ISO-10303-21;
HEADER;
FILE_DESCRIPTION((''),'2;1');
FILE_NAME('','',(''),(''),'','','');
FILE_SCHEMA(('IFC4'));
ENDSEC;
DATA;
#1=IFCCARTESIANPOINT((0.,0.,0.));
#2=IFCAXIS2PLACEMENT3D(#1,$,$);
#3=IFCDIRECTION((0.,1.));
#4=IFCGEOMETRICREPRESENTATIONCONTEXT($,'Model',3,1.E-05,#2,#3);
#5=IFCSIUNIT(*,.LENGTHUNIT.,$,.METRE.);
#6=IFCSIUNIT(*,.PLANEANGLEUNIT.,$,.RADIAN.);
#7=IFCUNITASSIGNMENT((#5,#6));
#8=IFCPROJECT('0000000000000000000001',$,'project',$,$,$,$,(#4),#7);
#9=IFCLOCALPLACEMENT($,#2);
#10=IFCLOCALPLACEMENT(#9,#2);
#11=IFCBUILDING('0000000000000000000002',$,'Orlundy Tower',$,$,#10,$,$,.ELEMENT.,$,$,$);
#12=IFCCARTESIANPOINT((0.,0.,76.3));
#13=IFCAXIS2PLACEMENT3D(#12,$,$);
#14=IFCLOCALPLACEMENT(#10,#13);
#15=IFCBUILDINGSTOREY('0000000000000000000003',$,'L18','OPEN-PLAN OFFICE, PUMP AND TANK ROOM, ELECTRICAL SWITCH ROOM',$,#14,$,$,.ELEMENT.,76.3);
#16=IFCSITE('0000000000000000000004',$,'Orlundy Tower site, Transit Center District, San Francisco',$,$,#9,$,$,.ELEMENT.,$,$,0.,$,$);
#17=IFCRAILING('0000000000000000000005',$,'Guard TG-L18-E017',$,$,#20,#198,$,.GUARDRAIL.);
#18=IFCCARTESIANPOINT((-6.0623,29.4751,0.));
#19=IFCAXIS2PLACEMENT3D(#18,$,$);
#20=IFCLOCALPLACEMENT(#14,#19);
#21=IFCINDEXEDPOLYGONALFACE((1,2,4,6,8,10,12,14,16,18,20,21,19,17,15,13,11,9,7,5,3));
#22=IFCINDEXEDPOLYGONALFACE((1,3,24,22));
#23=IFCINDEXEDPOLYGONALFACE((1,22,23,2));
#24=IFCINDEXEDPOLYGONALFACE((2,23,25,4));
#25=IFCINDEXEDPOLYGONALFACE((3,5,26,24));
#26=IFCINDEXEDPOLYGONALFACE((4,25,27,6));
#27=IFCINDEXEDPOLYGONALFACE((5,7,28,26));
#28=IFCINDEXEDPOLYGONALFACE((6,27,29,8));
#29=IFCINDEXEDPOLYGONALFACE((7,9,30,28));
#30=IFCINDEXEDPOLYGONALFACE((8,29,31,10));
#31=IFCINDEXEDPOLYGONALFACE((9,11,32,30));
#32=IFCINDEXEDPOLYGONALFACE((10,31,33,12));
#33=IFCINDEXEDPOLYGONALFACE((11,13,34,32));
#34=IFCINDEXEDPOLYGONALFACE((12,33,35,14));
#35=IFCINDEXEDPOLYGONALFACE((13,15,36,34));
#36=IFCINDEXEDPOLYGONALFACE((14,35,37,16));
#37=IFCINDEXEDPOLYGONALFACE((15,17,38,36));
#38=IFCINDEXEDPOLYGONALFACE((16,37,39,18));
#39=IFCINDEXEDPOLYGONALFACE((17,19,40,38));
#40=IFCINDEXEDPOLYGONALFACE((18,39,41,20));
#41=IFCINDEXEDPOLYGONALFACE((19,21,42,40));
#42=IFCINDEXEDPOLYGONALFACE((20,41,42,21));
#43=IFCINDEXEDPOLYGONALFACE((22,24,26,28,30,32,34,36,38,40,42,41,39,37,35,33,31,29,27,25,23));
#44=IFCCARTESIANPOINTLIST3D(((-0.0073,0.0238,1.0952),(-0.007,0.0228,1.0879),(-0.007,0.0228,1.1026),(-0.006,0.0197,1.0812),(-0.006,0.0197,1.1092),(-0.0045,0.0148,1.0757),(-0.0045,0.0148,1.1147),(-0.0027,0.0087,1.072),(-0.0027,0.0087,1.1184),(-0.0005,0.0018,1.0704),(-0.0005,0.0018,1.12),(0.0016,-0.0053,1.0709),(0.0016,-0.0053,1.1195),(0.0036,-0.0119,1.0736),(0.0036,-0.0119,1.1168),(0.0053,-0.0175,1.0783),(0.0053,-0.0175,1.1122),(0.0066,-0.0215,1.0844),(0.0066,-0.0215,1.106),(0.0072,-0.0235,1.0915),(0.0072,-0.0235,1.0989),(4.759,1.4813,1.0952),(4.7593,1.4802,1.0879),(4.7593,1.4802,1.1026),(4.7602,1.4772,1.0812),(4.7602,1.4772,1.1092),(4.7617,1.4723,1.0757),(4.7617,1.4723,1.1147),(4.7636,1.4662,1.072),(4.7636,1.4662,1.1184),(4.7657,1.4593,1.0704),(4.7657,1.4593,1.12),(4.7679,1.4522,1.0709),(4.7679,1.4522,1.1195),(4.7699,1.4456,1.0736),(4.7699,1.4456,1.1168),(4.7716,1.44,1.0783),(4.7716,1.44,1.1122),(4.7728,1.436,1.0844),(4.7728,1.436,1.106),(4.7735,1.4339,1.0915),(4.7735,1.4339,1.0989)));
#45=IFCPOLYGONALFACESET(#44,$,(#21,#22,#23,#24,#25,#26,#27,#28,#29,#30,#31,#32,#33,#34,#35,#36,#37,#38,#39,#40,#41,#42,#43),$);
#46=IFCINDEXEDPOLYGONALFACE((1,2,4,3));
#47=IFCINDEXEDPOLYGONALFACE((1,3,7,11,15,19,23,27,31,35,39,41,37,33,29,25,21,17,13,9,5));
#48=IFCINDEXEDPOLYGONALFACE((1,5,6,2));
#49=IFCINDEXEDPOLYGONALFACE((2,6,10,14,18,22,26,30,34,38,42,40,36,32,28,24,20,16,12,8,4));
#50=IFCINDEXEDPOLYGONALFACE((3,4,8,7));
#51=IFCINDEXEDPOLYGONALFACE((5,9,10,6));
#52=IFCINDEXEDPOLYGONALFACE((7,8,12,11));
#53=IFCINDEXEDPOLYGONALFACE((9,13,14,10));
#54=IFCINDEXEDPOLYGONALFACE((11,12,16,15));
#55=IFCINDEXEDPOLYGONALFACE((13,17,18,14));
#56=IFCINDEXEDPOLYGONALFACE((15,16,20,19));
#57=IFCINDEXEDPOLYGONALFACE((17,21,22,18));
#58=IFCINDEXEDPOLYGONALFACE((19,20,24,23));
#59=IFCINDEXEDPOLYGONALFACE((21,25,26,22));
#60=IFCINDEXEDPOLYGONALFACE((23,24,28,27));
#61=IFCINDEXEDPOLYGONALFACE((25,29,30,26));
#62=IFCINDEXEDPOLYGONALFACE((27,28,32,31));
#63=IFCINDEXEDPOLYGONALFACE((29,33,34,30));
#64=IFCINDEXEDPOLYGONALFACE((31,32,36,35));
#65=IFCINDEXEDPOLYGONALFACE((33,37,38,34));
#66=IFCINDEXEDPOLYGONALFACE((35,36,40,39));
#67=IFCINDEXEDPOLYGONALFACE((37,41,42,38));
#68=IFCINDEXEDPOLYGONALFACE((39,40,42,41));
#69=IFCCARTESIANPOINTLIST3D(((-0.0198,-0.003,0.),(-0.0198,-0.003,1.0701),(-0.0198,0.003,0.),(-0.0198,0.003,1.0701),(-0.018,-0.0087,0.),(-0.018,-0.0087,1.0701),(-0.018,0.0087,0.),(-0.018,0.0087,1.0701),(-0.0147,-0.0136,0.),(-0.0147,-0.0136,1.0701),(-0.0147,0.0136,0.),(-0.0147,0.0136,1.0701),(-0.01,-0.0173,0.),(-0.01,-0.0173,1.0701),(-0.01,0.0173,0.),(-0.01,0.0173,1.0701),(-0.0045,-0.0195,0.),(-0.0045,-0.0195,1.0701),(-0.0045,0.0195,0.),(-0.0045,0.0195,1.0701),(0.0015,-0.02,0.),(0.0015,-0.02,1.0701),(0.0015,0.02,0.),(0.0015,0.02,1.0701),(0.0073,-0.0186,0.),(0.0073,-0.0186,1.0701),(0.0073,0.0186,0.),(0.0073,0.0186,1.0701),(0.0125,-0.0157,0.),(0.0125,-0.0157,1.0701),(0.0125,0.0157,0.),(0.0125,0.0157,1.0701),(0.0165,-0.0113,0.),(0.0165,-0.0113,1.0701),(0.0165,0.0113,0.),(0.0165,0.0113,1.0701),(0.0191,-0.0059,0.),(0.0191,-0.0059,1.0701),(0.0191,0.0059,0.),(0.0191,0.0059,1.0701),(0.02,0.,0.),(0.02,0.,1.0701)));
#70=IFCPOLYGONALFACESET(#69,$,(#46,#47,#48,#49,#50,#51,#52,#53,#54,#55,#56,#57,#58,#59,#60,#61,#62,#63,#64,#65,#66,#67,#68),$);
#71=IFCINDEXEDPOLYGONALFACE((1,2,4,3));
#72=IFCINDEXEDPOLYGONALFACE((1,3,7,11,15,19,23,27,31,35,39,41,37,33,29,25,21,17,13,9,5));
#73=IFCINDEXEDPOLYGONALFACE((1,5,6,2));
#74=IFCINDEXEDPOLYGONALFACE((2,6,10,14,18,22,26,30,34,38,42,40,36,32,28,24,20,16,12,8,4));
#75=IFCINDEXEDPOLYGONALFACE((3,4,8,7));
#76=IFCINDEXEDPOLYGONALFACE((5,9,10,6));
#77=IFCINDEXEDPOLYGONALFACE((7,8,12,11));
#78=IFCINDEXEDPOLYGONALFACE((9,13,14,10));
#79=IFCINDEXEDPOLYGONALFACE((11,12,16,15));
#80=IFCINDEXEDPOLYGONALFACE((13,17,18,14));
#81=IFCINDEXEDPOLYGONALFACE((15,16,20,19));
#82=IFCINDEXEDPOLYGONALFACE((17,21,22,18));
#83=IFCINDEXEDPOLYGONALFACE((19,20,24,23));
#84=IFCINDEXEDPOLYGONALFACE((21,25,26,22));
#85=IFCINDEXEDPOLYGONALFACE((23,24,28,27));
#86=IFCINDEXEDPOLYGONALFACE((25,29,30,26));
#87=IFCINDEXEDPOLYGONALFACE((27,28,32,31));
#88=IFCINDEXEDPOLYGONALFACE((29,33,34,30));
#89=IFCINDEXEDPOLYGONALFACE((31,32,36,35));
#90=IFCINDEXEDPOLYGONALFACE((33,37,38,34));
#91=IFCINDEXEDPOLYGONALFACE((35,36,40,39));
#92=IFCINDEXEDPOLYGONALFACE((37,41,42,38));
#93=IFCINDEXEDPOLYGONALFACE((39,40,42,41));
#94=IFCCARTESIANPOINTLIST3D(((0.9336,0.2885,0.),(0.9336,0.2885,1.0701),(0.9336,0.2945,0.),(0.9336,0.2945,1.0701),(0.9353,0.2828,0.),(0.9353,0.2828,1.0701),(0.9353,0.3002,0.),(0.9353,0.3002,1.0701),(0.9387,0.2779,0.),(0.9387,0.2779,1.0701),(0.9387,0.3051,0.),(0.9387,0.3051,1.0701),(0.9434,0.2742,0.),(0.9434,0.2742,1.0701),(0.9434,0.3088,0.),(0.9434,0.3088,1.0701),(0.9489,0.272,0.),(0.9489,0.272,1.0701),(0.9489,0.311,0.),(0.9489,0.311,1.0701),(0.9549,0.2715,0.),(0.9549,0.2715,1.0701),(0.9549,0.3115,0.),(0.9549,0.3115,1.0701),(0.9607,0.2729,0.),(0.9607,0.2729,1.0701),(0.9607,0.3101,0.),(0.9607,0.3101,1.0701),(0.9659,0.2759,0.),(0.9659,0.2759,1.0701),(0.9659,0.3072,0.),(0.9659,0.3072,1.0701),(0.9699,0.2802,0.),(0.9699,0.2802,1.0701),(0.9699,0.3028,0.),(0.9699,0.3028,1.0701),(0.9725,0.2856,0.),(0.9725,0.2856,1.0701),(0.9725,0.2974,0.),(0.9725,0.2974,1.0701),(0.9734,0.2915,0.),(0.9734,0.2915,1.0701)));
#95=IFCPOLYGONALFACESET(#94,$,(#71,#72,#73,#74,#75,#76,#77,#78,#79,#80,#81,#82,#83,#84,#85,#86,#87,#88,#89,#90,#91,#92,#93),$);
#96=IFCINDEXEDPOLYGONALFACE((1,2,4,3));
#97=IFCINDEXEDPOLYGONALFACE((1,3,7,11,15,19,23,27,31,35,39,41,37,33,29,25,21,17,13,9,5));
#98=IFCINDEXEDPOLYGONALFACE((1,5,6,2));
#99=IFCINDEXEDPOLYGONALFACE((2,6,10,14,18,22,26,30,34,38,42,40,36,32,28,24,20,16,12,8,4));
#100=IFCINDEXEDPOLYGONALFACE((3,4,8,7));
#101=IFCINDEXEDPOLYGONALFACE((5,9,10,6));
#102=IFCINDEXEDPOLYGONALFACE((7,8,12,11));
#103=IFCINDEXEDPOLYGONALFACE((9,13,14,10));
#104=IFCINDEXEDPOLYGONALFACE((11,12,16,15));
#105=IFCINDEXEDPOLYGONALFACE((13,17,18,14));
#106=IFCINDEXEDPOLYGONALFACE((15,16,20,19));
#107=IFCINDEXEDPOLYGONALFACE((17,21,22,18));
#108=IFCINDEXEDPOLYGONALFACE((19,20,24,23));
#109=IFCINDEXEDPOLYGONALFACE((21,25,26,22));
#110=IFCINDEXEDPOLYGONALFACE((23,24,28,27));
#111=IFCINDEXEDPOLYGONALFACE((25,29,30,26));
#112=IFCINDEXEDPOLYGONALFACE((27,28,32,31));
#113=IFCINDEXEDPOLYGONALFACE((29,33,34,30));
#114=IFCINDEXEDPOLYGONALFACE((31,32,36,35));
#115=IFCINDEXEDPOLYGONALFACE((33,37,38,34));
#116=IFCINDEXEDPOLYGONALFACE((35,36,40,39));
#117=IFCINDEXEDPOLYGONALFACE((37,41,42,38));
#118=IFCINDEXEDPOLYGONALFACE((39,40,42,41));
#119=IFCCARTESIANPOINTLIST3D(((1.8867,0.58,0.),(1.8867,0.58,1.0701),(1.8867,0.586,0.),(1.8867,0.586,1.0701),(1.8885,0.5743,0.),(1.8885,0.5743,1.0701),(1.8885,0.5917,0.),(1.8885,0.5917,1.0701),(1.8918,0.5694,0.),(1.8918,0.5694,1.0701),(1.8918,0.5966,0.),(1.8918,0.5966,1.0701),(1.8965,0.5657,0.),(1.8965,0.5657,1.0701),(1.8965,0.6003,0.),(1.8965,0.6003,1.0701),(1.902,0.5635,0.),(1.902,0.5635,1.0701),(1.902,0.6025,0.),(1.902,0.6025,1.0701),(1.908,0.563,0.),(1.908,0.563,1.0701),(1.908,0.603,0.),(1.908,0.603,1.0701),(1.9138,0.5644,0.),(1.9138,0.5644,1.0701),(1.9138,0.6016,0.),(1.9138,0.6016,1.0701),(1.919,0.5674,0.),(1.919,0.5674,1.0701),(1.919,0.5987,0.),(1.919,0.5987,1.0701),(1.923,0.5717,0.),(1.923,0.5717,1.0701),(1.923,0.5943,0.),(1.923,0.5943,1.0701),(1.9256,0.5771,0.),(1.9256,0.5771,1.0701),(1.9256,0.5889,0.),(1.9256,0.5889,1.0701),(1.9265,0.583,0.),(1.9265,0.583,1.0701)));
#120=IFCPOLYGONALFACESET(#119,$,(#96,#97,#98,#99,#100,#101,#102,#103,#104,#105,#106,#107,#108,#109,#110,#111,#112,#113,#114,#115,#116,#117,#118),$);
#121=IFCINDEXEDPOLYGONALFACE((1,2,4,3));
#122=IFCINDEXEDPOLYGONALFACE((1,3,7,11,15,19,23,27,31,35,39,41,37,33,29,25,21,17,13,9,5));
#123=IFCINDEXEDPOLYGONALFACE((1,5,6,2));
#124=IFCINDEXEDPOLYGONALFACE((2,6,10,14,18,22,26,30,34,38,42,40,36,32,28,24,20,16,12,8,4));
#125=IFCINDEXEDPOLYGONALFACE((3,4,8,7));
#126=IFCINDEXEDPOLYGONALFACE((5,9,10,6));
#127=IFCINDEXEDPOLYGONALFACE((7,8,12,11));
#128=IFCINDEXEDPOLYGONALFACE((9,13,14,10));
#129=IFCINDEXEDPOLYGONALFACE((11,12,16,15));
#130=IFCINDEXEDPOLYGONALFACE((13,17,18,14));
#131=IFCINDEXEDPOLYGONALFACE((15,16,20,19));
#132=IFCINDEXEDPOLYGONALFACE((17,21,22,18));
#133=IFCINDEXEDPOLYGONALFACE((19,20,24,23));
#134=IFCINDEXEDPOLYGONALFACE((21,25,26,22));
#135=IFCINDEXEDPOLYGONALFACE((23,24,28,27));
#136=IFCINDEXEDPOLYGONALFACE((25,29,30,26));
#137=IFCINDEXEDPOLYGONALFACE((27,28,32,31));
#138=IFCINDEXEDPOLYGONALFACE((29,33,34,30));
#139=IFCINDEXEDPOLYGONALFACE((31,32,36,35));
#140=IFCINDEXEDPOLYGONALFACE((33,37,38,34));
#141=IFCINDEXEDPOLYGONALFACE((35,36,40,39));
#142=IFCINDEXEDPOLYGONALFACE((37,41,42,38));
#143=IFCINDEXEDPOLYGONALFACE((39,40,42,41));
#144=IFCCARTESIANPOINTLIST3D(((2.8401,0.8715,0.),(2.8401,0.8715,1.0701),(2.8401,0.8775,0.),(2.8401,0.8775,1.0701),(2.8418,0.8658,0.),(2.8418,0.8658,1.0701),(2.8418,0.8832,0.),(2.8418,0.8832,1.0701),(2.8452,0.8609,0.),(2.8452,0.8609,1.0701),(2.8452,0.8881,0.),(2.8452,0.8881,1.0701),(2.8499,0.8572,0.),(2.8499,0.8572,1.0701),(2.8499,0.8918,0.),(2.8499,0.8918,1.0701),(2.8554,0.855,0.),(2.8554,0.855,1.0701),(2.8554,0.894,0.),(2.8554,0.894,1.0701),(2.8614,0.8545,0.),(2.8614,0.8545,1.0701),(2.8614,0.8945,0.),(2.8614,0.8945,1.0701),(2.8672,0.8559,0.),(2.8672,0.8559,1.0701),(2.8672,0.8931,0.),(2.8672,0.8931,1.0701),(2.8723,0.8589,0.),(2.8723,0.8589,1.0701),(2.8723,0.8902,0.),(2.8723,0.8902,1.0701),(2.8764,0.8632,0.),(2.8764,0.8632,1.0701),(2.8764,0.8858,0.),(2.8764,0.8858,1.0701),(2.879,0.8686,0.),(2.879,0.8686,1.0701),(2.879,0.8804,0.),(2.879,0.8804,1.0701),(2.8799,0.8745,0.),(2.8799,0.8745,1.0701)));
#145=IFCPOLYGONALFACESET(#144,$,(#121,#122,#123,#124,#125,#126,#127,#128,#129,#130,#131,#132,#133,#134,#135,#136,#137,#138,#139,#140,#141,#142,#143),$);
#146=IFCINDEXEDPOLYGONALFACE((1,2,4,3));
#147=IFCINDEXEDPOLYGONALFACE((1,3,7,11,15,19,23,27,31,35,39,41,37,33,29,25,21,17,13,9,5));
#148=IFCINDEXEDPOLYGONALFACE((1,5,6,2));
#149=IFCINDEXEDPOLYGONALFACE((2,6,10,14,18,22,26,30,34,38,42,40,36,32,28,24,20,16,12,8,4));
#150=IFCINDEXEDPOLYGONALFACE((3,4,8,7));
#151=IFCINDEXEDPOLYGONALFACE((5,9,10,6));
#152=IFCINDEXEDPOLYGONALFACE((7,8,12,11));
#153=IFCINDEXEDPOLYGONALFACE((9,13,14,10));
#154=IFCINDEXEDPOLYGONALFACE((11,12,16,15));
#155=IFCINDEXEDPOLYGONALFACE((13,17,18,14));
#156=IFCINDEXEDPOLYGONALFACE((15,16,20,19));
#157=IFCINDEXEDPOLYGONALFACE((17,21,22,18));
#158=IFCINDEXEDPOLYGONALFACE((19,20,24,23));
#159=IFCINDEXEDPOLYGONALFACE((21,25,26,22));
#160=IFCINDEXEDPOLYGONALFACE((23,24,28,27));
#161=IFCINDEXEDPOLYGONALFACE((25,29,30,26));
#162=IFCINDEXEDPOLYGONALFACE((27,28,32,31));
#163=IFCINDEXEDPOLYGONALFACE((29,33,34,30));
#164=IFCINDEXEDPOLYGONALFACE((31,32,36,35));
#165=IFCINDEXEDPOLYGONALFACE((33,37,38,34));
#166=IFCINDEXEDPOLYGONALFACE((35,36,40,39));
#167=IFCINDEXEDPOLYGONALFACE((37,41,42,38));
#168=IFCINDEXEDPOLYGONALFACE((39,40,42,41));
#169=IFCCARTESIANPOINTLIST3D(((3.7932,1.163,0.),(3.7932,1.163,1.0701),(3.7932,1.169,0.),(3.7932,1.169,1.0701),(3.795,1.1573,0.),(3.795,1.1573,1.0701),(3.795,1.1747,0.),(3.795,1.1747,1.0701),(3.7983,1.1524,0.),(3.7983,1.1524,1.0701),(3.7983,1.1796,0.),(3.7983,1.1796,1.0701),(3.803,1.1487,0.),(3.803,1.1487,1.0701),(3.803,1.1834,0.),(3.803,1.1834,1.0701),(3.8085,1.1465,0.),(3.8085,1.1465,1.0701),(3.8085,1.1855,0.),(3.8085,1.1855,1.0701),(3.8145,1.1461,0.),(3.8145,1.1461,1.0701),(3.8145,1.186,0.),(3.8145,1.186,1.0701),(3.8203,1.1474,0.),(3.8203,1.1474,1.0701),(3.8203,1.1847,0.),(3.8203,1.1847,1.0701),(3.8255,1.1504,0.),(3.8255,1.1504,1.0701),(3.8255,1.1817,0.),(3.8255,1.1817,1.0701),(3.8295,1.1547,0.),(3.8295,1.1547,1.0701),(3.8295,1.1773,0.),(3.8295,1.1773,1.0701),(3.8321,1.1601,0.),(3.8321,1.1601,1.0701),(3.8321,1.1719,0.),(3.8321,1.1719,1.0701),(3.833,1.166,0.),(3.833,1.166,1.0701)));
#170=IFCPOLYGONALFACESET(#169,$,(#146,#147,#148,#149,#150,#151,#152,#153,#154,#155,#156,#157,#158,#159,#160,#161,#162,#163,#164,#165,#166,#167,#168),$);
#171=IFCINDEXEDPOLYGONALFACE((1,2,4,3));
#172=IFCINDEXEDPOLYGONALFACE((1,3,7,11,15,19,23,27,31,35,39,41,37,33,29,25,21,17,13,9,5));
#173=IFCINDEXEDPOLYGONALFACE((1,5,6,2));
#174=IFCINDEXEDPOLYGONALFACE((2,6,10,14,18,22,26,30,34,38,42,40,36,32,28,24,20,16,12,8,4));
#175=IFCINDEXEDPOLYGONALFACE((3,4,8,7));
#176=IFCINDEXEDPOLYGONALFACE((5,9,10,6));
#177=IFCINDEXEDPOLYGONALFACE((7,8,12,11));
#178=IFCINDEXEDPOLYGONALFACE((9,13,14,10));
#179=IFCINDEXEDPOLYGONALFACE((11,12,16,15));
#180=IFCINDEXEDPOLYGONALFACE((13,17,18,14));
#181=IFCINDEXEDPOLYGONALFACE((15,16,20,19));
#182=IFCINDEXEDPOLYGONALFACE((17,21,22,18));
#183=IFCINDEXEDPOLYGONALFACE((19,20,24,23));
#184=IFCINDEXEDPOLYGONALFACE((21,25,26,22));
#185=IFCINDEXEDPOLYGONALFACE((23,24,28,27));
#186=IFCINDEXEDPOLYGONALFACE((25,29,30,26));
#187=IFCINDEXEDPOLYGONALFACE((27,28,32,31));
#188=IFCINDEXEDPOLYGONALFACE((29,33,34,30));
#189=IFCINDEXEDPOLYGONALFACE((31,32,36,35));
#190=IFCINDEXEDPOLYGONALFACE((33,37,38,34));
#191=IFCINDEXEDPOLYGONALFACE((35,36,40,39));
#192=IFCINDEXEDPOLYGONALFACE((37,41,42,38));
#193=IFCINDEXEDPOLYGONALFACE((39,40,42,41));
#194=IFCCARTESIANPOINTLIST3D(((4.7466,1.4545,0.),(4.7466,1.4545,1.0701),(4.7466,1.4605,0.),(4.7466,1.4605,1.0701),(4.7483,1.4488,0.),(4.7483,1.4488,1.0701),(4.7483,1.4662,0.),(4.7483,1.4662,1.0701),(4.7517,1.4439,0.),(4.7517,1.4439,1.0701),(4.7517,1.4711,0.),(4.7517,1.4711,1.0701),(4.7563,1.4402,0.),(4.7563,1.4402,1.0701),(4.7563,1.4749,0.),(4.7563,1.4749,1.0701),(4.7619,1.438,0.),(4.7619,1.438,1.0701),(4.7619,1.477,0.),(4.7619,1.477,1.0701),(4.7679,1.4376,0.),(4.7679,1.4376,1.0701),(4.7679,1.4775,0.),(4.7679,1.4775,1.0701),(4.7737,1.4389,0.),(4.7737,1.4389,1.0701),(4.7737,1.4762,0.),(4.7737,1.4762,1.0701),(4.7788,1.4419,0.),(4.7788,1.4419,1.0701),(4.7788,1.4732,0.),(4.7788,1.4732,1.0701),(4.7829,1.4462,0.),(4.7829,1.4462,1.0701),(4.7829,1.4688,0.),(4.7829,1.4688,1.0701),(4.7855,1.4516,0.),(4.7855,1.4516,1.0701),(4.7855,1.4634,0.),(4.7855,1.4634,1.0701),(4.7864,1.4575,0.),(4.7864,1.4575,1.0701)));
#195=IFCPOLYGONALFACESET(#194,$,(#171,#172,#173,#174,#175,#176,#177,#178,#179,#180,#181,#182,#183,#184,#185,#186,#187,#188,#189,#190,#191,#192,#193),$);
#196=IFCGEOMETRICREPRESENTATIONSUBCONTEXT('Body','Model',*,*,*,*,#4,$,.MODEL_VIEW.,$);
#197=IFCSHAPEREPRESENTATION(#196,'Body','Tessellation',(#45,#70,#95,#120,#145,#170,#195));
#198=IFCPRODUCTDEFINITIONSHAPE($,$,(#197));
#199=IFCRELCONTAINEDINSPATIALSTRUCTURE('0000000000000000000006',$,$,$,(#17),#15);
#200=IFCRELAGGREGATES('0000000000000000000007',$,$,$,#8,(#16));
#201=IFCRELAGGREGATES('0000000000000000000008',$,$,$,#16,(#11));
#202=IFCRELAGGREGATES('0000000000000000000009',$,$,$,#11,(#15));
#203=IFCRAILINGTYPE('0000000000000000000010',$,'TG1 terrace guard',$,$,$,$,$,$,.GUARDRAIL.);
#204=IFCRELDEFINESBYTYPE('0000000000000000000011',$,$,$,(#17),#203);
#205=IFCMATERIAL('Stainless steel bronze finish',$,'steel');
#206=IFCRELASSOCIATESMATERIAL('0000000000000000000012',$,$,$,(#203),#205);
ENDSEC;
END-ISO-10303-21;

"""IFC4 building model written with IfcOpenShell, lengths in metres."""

from ifc_helpers import new_model, si_unit, direction, frame, origin, origin_2d, place, context, subcontext, project, spatial, circle, extrude, material, type_object, element, save


model = new_model("IFC4")

# Units and contexts
model_context = context("Model", 3, precision=1e-05, world=origin(), true_north=direction((0.0, 1.0)))
body_context = subcontext(model_context, "Body", "Model", "MODEL_VIEW")
ifc_project = project(units=[si_unit("LENGTHUNIT", "METRE"), si_unit("PLANEANGLEUNIT", "RADIAN")], contexts=[model_context])

# Site, building, storey
site_placement = place(None, origin())
site = spatial("IfcSite", under=ifc_project, at=site_placement, Name="Orlundy Tower site, Transit Center District, San Francisco", CompositionType="ELEMENT", RefElevation=0.0)
building_placement = place(site_placement, origin())
building = spatial("IfcBuilding", under=site, at=building_placement, Name="Orlundy Tower", CompositionType="ELEMENT")
storey_placement = place(building_placement, frame((0.0, 0.0, 76.3)))
storey = spatial("IfcBuildingStorey", under=building, at=storey_placement, Name="L18", Description="OPEN-PLAN OFFICE, PUMP AND TANK ROOM, ELECTRICAL SWITCH ROOM", CompositionType="ELEMENT", Elevation=76.3)

# Railing
ifc_material_1 = material(Name="Stainless steel bronze finish", Category="steel")
railing_type = type_object("IfcRailingType", Name="TG1 terrace guard", PredefinedType="GUARDRAIL", material=ifc_material_1)
railing_placement = place(storey_placement, frame((-6.0623, 29.4751, 0.0)))
element("IfcRailing", 1, at=railing_placement, inside=storey, type_object=railing_type, Name="Guard TG-L18-E017", PredefinedType="GUARDRAIL", context=body_context, shape_type="SweptSolid", body=[
    extrude(circle(Radius=0.0249, at=origin_2d()), frame((0.0, 0.0, 1.0952), z_axis=(0.956288, 0.292426, 0.0), x_axis=(-0.292426, 0.956288, 0.0)), (0.0, 0.0, 1.0), 4.9841),
    extrude(circle(Radius=0.02, at=origin_2d()), origin(), (0.0, 0.0, 1.0), 1.0701),
    extrude(circle(Radius=0.02, at=origin_2d()), frame((0.9534, 0.2915, 0.0)), (0.0, 0.0, 1.0), 1.0701),
    extrude(circle(Radius=0.02, at=origin_2d()), frame((1.9065, 0.583, 0.0)), (0.0, 0.0, 1.0), 1.0701),
    extrude(circle(Radius=0.02, at=origin_2d()), frame((2.8599, 0.8745, 0.0)), (0.0, 0.0, 1.0), 1.0701),
    extrude(circle(Radius=0.02, at=origin_2d()), frame((3.813, 1.166, 0.0)), (0.0, 0.0, 1.0), 1.0701),
    extrude(circle(Radius=0.02, at=origin_2d()), frame((4.7664, 1.4575, 0.0)), (0.0, 0.0, 1.0), 1.0701),
])

save(model, "model.ifc")
